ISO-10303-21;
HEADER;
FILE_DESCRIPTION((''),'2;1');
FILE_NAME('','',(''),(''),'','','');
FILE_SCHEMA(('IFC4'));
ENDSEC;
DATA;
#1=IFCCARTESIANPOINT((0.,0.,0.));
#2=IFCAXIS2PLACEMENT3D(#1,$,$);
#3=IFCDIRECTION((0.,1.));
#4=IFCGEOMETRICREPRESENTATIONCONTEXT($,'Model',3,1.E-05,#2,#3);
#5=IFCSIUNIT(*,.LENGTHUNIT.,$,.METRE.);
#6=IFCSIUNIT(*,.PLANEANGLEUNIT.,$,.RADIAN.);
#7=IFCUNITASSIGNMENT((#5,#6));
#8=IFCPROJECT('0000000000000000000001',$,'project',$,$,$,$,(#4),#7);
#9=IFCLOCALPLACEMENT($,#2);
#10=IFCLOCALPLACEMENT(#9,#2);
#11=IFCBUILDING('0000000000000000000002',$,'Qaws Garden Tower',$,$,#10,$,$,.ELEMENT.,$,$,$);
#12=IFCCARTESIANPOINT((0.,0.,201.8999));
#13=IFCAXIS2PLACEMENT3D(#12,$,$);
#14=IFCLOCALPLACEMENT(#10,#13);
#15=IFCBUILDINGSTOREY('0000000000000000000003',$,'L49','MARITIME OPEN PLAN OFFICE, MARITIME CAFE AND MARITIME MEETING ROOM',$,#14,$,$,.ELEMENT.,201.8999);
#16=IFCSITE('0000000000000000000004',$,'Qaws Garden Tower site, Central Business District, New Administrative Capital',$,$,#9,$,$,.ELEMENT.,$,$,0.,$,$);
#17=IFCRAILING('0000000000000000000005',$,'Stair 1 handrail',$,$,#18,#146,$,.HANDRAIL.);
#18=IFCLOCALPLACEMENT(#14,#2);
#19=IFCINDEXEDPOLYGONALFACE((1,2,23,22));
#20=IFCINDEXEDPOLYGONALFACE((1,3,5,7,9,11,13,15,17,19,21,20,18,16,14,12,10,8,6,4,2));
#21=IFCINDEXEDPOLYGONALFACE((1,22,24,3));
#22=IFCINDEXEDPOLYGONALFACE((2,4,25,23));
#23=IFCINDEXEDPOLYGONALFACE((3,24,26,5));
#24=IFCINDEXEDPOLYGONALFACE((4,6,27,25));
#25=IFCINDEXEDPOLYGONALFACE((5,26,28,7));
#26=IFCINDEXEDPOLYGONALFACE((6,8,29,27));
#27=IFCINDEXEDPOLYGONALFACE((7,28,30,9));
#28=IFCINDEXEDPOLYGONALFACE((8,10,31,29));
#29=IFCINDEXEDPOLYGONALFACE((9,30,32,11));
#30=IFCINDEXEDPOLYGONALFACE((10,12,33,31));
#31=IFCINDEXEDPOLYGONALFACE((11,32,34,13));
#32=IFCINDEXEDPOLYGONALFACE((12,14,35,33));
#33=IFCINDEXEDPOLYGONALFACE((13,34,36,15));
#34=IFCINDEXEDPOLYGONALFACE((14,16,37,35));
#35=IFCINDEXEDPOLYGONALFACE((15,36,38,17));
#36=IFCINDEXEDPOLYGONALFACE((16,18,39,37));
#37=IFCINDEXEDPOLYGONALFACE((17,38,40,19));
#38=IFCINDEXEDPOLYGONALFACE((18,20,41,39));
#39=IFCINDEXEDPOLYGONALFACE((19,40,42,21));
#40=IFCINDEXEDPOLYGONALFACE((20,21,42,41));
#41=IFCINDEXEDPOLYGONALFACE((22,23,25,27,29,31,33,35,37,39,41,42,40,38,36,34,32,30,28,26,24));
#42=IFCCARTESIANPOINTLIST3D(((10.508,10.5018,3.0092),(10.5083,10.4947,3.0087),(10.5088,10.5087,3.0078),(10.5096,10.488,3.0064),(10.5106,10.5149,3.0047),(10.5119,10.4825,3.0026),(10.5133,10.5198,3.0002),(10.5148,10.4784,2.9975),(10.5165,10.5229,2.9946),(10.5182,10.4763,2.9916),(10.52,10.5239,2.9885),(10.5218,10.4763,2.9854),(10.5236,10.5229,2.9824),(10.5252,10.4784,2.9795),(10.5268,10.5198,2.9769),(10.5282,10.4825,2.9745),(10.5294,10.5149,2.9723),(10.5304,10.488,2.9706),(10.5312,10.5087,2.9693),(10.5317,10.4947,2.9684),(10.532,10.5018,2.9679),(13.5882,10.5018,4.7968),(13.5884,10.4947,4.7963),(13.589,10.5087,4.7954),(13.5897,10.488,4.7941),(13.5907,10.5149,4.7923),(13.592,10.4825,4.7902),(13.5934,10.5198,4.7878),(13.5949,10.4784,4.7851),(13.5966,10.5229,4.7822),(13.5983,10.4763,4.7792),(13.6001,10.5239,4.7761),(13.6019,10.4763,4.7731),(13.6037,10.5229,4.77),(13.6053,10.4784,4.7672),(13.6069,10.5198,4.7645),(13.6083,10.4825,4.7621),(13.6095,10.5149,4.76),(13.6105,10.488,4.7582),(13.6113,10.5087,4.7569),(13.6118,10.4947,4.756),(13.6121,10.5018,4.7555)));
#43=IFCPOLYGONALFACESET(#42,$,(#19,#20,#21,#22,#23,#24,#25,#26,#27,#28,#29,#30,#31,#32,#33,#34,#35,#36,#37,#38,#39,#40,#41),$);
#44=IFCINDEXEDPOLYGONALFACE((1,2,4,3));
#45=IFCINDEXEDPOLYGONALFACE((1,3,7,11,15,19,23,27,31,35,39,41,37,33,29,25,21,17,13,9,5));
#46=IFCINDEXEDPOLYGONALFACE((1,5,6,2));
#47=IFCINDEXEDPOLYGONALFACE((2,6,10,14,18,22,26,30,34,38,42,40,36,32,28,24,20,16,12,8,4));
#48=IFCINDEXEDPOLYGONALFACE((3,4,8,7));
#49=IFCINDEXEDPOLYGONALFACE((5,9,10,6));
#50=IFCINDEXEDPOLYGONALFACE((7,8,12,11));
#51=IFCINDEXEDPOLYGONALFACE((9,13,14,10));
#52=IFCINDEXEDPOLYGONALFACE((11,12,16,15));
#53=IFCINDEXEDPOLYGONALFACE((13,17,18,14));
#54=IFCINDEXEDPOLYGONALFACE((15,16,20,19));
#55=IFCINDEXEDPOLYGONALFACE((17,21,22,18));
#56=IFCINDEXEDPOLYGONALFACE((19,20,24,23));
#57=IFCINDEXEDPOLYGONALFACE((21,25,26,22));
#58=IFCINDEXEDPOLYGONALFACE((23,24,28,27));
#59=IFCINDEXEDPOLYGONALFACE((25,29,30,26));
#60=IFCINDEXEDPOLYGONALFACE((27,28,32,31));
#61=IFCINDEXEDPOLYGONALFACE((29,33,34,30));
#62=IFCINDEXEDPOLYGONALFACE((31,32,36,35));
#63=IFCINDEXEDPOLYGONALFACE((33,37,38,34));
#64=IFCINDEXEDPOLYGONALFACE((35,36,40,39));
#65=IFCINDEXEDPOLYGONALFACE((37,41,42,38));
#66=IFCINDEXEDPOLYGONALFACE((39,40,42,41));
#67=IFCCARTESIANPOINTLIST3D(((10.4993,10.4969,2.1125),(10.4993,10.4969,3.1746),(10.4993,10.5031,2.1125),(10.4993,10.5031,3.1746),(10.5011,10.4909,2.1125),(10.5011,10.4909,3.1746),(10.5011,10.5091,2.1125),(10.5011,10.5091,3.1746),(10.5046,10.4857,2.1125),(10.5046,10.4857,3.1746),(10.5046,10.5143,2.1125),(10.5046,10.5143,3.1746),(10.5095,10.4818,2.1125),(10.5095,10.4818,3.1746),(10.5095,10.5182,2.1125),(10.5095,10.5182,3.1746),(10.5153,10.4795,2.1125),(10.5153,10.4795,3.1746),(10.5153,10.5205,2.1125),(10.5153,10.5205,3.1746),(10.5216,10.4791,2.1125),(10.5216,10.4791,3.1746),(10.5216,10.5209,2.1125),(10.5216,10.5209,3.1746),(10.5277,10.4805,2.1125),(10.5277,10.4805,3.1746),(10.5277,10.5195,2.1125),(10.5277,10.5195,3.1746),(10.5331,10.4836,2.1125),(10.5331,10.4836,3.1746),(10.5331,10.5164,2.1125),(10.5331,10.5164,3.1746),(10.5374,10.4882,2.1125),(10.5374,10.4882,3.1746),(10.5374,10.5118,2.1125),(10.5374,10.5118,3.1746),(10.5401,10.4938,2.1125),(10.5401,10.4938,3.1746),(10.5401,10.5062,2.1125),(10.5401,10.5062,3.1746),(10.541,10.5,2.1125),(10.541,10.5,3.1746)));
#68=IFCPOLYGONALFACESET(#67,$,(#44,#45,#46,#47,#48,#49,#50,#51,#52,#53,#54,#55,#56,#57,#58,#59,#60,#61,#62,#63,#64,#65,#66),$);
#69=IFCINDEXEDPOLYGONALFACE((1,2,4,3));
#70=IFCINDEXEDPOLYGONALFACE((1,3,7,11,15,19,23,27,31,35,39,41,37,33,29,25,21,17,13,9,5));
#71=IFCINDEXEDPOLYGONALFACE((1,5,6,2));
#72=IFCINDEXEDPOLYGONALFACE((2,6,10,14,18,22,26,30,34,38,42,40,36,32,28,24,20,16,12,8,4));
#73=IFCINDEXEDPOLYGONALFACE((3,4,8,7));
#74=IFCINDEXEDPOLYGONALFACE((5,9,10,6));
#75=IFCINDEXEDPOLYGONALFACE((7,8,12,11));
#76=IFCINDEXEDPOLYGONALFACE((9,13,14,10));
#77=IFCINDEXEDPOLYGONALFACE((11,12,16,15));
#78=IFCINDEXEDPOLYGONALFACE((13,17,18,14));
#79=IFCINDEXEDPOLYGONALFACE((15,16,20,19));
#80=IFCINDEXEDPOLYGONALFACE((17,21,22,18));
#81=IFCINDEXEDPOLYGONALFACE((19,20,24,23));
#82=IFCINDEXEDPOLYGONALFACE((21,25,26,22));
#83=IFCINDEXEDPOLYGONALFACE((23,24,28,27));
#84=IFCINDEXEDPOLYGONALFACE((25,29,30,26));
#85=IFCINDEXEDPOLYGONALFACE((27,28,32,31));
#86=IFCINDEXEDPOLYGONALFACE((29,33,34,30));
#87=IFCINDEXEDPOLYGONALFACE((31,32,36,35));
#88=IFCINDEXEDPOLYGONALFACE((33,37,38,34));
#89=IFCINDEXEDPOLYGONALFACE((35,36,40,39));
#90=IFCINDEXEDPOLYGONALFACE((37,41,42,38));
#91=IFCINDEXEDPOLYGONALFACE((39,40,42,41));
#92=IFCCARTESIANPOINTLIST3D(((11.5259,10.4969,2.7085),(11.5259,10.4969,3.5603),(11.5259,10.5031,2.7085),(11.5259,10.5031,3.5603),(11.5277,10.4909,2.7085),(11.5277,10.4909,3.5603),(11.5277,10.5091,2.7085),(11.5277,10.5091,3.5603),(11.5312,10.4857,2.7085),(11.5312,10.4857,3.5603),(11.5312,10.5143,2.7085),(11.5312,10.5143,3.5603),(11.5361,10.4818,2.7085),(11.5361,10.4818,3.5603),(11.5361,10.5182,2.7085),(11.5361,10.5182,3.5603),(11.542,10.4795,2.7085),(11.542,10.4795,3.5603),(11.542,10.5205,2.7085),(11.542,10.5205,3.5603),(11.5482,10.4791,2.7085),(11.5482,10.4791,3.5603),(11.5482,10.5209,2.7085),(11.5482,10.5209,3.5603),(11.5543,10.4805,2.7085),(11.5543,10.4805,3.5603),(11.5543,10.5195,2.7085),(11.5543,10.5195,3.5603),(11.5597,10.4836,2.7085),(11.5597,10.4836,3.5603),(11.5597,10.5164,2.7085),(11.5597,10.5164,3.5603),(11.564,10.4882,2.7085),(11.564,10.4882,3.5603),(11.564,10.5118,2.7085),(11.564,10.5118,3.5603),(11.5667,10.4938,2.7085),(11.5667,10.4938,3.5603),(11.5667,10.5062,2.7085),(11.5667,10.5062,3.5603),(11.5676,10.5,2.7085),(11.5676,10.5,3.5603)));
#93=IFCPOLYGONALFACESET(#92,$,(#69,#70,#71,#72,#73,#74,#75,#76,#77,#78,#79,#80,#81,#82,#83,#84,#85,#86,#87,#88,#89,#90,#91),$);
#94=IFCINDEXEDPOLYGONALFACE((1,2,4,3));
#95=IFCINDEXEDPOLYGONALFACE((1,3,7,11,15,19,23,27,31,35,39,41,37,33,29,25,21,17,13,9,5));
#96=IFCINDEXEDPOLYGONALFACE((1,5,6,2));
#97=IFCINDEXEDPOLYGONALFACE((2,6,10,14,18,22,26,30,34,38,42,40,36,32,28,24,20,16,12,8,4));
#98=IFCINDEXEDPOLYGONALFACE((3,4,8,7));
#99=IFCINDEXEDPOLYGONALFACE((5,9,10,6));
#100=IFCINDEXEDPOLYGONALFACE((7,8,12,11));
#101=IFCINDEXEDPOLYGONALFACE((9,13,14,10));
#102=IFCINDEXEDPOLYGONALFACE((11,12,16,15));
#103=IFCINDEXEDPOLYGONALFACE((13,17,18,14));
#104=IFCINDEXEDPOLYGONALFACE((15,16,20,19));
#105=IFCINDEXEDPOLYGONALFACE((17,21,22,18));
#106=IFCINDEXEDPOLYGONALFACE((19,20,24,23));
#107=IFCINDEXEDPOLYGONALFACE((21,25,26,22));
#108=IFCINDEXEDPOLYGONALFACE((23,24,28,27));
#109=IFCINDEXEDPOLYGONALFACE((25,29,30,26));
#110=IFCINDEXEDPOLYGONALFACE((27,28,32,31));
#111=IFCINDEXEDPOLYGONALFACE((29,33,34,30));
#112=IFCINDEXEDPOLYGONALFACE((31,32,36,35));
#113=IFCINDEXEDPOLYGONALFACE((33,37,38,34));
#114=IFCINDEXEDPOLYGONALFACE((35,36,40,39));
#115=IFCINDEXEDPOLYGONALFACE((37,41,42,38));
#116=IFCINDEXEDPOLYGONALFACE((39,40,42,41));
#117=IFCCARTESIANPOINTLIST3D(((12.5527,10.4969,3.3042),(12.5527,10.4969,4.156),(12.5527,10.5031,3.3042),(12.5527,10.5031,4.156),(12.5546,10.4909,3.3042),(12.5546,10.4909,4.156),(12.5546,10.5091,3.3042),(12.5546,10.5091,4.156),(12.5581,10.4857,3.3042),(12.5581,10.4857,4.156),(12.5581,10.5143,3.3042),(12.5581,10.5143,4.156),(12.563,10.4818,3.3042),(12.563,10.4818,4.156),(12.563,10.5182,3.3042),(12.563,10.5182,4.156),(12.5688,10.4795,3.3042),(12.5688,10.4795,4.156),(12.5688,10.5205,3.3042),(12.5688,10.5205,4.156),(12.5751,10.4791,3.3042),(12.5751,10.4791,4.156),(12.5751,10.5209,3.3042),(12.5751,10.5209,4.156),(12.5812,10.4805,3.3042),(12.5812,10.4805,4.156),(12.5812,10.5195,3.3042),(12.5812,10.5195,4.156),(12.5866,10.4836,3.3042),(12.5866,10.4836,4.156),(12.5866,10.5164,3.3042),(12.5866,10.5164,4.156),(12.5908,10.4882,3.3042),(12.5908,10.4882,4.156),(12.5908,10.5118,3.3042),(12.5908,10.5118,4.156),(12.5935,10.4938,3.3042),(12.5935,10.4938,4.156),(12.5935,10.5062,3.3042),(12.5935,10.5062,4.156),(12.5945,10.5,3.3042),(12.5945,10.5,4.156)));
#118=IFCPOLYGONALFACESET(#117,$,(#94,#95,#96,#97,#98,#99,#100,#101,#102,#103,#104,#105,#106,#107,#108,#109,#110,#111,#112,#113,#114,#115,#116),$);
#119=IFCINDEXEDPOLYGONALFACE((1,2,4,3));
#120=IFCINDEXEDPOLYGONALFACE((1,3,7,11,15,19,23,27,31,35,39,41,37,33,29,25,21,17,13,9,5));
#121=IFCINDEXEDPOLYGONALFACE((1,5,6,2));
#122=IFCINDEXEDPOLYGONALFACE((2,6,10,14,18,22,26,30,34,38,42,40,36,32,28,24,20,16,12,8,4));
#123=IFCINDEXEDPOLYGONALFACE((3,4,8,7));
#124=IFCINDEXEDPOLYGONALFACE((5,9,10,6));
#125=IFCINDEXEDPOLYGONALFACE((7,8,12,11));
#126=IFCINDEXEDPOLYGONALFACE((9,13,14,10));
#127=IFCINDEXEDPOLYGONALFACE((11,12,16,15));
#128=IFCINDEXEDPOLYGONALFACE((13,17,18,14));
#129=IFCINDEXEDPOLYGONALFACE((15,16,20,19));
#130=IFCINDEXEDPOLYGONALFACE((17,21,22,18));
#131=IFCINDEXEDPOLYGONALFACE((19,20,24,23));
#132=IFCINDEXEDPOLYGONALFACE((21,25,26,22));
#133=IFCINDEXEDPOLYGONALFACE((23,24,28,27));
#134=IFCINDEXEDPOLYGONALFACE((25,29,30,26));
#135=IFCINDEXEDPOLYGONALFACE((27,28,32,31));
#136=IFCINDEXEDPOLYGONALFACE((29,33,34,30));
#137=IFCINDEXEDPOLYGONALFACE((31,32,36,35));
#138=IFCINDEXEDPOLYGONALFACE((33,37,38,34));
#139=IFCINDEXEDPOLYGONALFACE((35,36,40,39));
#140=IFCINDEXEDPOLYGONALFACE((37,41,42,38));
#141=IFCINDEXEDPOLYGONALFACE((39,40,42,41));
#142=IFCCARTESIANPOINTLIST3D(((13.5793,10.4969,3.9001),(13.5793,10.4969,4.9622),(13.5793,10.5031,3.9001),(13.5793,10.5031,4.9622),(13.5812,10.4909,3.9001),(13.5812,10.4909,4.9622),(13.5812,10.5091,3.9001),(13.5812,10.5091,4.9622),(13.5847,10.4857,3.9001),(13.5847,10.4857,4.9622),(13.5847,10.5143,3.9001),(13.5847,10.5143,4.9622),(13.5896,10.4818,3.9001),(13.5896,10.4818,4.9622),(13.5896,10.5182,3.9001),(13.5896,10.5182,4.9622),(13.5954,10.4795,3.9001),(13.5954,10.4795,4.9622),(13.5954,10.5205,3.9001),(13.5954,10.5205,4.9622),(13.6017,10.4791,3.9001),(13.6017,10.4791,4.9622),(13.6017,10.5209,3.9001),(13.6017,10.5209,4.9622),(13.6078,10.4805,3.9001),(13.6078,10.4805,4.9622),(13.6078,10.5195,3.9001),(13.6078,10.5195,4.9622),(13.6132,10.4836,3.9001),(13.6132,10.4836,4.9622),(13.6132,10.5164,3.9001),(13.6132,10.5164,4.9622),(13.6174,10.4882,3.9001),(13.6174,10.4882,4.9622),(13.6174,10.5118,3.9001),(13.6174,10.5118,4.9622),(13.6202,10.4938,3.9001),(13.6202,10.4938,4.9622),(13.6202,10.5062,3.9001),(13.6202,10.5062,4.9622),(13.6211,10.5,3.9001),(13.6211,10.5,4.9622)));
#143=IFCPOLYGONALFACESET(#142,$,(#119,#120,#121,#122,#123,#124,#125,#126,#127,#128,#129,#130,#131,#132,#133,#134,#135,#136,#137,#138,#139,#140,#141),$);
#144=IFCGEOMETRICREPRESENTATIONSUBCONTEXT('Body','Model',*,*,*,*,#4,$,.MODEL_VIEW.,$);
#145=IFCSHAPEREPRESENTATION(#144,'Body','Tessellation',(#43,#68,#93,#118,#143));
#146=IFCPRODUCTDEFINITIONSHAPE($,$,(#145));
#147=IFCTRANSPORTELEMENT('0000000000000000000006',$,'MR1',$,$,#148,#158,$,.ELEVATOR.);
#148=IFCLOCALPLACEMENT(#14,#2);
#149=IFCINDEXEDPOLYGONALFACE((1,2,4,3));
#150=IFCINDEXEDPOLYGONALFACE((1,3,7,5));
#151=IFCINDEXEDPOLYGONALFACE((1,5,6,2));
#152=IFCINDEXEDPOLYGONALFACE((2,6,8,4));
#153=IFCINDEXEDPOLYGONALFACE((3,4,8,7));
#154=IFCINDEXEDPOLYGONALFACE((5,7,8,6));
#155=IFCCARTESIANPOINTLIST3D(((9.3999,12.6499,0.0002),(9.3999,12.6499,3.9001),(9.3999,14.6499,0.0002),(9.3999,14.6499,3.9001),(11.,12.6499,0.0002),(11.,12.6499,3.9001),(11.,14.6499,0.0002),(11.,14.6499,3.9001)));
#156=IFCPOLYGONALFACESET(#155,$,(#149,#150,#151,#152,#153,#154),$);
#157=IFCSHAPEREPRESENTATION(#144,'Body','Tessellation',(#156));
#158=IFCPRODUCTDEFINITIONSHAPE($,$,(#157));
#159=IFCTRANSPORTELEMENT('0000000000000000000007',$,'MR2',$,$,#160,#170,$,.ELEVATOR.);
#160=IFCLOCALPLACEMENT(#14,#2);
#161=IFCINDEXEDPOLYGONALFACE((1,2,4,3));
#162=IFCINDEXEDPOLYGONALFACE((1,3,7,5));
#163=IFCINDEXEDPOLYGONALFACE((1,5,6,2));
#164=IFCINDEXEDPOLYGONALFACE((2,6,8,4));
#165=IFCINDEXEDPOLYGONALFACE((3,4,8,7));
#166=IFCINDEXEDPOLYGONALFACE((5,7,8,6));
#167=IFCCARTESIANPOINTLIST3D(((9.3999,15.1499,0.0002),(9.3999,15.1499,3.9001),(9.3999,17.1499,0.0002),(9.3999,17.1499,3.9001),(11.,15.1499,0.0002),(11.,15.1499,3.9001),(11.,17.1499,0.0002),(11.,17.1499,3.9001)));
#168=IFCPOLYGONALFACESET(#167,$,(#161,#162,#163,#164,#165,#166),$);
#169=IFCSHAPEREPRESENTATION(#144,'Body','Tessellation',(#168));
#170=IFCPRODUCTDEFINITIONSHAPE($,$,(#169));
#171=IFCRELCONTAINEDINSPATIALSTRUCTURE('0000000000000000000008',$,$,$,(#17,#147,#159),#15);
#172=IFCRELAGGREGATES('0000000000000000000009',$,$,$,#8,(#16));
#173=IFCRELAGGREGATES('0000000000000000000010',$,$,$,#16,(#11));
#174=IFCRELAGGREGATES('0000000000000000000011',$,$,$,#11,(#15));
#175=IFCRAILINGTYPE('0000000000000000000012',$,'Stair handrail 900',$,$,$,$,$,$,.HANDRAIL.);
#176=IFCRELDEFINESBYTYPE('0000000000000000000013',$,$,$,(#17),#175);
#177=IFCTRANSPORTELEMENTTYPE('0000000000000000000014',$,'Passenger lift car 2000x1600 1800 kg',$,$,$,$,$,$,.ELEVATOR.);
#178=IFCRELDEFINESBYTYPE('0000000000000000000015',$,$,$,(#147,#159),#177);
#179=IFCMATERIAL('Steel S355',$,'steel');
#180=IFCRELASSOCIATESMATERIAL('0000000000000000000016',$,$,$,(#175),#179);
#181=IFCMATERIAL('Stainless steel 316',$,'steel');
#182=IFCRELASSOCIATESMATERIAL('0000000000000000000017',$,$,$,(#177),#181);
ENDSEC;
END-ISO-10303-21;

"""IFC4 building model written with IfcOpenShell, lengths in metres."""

from ifc_helpers import new_model, si_unit, direction, frame, origin, origin_2d, place, context, subcontext, project, spatial, rectangle, circle, extrude, material, type_object, element, save


model = new_model("IFC4")

# Units and contexts
model_context = context("Model", 3, precision=1e-05, world=origin(), true_north=direction((0.0, 1.0)))
body_context = subcontext(model_context, "Body", "Model", "MODEL_VIEW")
ifc_project = project(units=[si_unit("LENGTHUNIT", "METRE"), si_unit("PLANEANGLEUNIT", "RADIAN")], contexts=[model_context])

# Site, building, storey
site_placement = place(None, origin())
site = spatial("IfcSite", under=ifc_project, at=site_placement, Name="Qaws Garden Tower site, Central Business District, New Administrative Capital", CompositionType="ELEMENT", RefElevation=0.0)
building_placement = place(site_placement, origin())
building = spatial("IfcBuilding", under=site, at=building_placement, Name="Qaws Garden Tower", CompositionType="ELEMENT")
storey_placement = place(building_placement, frame((0.0, 0.0, 201.8999)))
storey = spatial("IfcBuildingStorey", under=building, at=storey_placement, Name="L49", Description="MARITIME OPEN PLAN OFFICE, MARITIME CAFE AND MARITIME MEETING ROOM", CompositionType="ELEMENT", Elevation=201.8999)

# Railing
ifc_material_1 = material(Name="Steel S355", Category="steel")
railing_type = type_object("IfcRailingType", Name="Stair handrail 900", PredefinedType="HANDRAIL", material=ifc_material_1)
railing_1_placement = place(storey_placement, frame((10.52, 10.5, 2.1125)))
element("IfcRailing", 1, at=railing_1_placement, inside=storey, type_object=railing_type, Name="Stair 1 handrail", PredefinedType="HANDRAIL", context=body_context, shape_type="SweptSolid", body=[
    extrude(circle(Radius=0.0239, at=origin_2d()), frame((0.0, 0.0, 0.876), z_axis=(0.864891, 0.0, 0.50196), x_axis=(0.0, 1.0, 0.0)), (0.0, 0.0, 1.0), 3.5613),
    extrude(circle(Radius=0.021, at=origin_2d()), origin(), (0.0, 0.0, 1.0), 1.062),
    extrude(circle(Radius=0.021, at=origin_2d()), frame((1.0266, 0.0, 0.5959)), (0.0, 0.0, 1.0), 0.8518),
    extrude(circle(Radius=0.021, at=origin_2d()), frame((2.0535, 0.0, 1.1917)), (0.0, 0.0, 1.0), 0.8518),
    extrude(circle(Radius=0.021, at=origin_2d()), frame((3.0801, 0.0, 1.7876)), (0.0, 0.0, 1.0), 1.062),
])

# Transport elements
ifc_material_2 = material(Name="Stainless steel 316", Category="steel")
transport_element_type = type_object("IfcTransportElementType", Name="Passenger lift car 2000x1600 1800 kg", PredefinedType="ELEVATOR", material=ifc_material_2)
for number, where, z_axis, x_axis, name in (
    (2, (10.2, 13.6499, 0.0002), (0.0, 0.0, 1.0), (1.0, 0.0, 0.0), "MR1"),
    (3, (10.2, 16.1499, 0.0002), (0.0, 0.0, 1.0), (1.0, 0.0, 0.0), "MR2"),
):
    element("IfcTransportElement", number, at=place(storey_placement, frame(where, z_axis=z_axis, x_axis=x_axis)), inside=storey, type_object=transport_element_type, Name=name, PredefinedType="ELEVATOR", context=body_context, shape_type="SweptSolid", body=[
        extrude(rectangle(XDim=1.6001, YDim=2.0, at=origin_2d()), origin(), (0.0, 0.0, 1.0), 3.8999),
    ])

save(model, "model.ifc")
